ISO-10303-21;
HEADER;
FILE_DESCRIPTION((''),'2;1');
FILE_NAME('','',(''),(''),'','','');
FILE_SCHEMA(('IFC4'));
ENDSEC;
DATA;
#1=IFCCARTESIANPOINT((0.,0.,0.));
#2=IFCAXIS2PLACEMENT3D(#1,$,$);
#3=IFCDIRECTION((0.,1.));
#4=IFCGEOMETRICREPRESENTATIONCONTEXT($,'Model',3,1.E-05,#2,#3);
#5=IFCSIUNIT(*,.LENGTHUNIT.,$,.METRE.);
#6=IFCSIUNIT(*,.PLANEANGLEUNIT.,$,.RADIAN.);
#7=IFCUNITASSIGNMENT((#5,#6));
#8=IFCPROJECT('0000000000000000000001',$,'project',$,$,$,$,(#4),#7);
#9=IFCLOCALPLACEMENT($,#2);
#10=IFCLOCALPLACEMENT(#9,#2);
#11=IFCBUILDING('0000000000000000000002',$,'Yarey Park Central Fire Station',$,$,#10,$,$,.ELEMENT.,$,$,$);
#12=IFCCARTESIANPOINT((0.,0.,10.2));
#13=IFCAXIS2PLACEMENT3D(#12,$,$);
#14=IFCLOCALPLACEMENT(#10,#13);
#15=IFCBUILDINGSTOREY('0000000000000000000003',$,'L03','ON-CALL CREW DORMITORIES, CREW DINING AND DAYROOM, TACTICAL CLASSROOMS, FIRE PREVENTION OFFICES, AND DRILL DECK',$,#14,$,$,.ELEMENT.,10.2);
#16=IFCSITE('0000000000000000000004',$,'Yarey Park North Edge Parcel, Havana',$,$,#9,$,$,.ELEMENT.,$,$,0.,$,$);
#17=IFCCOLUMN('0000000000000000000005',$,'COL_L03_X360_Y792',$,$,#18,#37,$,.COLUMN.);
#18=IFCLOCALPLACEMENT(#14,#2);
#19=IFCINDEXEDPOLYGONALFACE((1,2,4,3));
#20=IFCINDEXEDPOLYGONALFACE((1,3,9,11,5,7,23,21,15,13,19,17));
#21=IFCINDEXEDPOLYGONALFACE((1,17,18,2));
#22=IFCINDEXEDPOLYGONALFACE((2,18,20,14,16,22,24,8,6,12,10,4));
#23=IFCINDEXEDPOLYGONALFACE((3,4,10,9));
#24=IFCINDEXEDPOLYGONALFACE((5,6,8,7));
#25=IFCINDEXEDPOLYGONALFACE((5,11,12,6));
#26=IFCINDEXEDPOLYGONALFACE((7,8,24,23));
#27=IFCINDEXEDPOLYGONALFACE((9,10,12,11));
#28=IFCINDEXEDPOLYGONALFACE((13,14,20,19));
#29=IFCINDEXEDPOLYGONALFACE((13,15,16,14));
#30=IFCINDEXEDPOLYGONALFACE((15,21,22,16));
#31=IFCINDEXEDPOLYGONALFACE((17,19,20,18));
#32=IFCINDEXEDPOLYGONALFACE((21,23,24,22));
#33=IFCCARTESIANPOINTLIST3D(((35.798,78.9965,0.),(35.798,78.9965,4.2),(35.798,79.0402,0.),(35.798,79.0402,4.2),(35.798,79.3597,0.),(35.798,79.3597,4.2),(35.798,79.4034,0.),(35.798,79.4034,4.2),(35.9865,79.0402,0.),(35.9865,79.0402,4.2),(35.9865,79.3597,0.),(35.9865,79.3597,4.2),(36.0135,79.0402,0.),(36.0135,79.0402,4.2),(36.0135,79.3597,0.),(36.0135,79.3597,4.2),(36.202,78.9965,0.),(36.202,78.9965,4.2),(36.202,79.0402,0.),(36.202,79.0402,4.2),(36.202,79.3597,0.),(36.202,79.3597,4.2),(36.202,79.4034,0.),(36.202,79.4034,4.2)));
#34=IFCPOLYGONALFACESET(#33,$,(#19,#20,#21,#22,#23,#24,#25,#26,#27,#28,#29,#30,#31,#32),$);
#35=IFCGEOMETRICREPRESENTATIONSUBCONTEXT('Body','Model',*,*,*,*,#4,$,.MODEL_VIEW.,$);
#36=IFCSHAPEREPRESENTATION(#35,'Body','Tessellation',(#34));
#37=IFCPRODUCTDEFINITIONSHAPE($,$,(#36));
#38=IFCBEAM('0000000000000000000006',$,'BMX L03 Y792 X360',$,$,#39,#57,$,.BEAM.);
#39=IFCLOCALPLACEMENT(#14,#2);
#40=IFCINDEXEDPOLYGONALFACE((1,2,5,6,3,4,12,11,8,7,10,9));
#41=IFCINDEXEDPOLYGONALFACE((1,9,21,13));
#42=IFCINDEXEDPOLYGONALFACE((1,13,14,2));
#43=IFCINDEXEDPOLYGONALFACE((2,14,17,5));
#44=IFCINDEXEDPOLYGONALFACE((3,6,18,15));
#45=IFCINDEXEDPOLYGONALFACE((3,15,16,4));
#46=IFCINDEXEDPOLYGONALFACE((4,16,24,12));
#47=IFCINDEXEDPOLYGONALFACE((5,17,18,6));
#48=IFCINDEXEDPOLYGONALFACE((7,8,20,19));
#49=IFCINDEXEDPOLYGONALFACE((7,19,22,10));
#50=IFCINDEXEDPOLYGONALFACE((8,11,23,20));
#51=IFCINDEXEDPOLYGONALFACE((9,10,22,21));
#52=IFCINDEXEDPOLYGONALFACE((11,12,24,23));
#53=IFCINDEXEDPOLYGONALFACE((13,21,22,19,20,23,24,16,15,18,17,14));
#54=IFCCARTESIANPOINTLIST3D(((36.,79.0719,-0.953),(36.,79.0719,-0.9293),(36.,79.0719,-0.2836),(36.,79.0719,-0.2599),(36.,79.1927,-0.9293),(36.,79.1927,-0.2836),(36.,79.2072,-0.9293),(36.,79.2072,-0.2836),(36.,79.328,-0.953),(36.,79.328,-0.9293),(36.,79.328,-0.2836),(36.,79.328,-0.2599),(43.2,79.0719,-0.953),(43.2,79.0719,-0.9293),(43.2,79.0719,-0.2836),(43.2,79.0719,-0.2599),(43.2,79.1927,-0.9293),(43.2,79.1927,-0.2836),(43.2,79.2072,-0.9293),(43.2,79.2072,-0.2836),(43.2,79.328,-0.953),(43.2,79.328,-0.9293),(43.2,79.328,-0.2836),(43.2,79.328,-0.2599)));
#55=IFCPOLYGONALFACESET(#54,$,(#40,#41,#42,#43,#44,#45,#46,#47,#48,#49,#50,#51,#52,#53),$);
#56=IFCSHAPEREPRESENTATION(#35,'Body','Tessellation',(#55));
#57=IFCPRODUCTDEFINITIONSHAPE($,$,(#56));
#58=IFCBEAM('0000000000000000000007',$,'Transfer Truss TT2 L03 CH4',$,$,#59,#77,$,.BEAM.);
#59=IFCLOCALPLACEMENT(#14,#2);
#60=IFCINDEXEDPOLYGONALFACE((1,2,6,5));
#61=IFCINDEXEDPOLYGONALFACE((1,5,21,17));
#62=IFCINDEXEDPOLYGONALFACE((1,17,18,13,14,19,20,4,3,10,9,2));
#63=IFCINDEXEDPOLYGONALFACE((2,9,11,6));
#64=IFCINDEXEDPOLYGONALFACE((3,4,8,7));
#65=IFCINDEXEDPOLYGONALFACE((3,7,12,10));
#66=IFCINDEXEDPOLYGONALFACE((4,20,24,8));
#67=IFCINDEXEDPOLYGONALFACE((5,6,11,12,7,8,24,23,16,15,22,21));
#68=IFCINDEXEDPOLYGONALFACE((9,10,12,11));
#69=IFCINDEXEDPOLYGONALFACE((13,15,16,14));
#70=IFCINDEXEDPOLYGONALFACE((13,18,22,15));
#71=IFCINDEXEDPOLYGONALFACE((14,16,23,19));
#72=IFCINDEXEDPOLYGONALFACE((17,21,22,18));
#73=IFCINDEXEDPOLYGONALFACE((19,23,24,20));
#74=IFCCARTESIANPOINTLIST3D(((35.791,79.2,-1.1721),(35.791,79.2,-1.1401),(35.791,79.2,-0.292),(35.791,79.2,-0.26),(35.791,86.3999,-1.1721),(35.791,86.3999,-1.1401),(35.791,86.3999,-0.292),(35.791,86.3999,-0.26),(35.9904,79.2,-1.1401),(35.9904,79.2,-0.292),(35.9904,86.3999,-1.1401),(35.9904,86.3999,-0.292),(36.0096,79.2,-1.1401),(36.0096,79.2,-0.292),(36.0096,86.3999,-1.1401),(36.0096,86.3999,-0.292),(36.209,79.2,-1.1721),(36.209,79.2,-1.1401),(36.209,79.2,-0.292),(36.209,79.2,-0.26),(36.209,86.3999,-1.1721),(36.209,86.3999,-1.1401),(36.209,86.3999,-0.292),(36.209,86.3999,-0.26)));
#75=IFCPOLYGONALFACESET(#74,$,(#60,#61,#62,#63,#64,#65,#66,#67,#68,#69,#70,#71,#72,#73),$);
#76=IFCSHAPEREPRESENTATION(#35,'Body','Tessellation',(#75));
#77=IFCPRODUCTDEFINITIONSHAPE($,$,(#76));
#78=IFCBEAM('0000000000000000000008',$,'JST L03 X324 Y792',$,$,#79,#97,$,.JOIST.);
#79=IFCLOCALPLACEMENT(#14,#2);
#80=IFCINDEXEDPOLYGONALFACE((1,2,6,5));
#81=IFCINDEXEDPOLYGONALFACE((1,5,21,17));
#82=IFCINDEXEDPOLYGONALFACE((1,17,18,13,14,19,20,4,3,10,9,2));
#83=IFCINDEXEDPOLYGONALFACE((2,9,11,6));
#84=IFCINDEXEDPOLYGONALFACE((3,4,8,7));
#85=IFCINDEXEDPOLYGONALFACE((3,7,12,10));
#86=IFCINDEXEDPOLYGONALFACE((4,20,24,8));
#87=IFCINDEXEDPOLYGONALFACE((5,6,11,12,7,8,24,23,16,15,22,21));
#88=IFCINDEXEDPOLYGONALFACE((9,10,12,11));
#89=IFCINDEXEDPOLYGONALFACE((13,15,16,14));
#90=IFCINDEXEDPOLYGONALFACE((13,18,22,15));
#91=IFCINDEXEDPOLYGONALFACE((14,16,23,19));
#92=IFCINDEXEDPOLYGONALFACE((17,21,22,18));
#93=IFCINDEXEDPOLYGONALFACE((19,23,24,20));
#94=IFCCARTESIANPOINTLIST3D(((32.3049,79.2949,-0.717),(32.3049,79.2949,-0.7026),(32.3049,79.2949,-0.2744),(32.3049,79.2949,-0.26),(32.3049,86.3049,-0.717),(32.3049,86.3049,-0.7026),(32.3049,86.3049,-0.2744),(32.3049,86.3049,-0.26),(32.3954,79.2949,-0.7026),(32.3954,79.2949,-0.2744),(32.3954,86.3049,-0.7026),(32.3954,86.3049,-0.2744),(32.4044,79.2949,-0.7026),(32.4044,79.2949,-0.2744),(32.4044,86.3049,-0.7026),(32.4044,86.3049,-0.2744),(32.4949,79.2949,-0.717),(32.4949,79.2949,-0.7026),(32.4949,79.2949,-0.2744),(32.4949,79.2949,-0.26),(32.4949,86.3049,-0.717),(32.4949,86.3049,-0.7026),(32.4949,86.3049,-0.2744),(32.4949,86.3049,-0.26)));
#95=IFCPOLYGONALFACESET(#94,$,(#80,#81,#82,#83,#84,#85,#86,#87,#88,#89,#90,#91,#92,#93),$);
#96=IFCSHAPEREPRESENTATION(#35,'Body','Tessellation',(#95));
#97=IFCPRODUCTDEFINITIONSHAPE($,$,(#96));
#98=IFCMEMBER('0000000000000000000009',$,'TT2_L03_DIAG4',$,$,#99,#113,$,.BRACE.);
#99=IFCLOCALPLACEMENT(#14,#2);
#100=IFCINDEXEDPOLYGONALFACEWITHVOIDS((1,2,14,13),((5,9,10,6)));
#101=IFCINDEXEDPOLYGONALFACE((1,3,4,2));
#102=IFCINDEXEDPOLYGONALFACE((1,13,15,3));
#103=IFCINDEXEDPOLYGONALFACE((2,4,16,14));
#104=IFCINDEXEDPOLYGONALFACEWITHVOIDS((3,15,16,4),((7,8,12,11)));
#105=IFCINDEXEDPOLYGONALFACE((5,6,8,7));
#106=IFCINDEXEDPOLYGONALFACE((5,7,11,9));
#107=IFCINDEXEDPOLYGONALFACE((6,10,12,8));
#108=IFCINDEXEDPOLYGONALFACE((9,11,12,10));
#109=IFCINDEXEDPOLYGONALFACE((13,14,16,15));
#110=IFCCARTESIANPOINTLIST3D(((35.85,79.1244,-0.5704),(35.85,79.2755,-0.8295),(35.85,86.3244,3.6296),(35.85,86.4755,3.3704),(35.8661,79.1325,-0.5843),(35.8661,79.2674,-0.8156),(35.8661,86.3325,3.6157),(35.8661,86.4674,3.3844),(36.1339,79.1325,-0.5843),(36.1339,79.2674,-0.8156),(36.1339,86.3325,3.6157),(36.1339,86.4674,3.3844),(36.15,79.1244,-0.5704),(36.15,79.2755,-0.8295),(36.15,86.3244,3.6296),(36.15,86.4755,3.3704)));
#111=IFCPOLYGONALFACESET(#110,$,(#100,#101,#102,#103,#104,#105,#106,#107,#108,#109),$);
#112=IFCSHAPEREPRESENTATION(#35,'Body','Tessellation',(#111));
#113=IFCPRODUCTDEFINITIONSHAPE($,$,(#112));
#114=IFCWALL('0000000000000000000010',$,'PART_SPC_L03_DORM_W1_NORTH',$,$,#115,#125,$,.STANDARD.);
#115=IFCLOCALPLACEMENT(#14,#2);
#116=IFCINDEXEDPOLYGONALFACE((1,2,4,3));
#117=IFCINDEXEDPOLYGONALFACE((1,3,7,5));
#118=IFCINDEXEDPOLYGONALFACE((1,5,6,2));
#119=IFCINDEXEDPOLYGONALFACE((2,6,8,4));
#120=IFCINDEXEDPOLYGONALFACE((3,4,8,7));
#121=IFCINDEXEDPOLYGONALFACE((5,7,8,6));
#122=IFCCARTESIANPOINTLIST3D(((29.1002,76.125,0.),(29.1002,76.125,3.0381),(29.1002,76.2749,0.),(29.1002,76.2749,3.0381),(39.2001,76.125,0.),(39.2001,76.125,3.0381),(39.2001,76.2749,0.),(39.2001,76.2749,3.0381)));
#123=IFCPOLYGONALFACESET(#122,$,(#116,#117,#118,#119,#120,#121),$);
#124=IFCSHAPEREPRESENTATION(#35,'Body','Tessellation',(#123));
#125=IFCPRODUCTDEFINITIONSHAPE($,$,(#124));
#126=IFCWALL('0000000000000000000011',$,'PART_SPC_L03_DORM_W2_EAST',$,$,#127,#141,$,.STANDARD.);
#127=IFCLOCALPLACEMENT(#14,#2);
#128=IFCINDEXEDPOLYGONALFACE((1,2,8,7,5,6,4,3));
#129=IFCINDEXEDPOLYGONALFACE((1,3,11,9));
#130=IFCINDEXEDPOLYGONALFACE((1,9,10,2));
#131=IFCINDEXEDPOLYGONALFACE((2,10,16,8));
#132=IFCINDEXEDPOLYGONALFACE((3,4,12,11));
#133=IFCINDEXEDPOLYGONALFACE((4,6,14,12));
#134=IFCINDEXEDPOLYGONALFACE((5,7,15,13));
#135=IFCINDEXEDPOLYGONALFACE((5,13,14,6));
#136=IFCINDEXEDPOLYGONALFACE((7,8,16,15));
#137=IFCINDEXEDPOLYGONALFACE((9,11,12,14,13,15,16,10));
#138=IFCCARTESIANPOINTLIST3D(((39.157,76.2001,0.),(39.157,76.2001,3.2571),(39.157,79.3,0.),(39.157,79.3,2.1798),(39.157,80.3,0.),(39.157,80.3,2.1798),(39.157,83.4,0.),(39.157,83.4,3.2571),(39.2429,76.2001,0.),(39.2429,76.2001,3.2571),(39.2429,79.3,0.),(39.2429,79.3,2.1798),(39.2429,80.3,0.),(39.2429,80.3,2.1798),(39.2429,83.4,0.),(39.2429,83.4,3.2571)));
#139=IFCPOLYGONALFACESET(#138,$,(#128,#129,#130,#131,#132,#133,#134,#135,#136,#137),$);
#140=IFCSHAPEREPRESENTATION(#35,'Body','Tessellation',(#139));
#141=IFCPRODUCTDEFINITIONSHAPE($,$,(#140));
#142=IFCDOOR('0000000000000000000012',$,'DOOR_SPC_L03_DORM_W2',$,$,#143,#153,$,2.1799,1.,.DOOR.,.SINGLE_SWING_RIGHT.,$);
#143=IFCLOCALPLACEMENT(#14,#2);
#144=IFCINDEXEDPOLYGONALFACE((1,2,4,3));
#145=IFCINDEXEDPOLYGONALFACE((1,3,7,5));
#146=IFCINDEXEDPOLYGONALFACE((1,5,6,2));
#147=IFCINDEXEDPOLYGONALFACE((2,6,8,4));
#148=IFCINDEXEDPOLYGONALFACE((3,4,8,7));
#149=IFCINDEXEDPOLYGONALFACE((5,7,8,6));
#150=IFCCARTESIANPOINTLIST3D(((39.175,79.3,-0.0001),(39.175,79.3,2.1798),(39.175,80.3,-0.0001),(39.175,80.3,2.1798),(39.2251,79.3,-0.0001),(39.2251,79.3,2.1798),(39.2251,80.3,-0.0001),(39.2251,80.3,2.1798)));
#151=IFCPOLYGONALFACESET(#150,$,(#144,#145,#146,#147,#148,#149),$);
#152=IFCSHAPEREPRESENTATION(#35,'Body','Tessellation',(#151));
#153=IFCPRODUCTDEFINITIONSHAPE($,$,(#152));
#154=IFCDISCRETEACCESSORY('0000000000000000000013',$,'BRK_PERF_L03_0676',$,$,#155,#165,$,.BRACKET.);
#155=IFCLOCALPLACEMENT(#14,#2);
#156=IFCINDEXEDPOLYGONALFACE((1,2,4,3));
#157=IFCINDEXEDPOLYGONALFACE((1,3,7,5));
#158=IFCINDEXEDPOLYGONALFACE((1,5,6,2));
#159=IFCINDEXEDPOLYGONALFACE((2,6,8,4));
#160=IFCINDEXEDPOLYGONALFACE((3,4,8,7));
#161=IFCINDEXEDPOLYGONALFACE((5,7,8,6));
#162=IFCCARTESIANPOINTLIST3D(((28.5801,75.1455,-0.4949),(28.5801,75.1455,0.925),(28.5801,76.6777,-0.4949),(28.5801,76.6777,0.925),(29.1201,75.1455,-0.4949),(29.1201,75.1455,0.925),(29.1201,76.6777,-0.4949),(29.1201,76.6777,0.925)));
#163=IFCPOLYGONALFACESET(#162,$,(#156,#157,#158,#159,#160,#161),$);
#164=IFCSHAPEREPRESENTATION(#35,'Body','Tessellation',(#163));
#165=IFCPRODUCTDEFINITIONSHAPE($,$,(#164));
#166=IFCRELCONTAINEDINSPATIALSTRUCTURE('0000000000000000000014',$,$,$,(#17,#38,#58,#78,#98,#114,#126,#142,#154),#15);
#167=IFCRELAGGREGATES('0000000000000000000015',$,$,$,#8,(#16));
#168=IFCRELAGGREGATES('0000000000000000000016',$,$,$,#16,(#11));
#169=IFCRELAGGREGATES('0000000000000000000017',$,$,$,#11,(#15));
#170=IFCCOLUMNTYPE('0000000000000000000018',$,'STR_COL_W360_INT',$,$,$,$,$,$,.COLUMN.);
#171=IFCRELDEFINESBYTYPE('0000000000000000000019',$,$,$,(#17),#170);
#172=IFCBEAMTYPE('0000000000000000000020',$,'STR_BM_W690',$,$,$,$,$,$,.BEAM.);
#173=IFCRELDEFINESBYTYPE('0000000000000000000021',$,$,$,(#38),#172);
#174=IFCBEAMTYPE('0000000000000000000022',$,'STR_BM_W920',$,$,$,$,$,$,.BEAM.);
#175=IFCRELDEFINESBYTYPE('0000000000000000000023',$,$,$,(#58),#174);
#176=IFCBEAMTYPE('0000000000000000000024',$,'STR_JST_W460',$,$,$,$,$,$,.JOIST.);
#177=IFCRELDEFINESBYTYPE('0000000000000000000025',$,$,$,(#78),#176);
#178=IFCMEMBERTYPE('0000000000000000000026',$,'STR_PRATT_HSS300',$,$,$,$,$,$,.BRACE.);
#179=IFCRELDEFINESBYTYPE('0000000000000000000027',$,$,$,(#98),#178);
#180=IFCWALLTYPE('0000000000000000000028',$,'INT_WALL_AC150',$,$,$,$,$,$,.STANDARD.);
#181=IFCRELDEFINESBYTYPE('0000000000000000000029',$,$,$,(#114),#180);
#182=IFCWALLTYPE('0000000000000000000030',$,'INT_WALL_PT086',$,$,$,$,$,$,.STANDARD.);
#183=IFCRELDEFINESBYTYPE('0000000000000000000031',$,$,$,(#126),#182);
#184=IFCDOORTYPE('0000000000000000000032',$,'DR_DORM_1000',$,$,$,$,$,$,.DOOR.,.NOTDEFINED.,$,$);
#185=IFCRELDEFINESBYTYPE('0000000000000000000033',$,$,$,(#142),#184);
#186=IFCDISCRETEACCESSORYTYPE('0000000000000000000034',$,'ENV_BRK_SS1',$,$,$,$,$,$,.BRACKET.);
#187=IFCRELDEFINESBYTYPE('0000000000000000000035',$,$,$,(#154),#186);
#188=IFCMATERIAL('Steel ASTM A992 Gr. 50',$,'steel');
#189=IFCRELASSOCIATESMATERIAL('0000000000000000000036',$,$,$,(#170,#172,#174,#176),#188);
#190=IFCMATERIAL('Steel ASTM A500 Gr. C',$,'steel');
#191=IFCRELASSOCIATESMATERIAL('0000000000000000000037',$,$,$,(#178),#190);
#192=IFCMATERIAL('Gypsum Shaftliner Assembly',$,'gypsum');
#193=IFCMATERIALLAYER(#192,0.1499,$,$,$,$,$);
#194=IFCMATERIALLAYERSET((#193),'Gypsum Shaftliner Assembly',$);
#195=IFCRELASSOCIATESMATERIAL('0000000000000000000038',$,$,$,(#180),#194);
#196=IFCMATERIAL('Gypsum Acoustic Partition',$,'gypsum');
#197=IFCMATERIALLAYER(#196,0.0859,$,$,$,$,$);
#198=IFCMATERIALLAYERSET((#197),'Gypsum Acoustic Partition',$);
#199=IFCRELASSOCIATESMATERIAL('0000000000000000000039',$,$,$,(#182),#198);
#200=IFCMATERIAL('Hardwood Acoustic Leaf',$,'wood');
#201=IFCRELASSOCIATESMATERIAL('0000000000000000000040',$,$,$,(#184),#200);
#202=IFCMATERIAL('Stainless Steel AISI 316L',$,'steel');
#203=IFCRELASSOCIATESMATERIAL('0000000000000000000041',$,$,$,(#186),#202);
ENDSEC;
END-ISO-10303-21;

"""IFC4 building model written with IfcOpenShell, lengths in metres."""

from ifc_helpers import new_model, si_unit, direction, frame, frame_2d, origin, origin_2d, place, context, subcontext, project, spatial, rectangle, hollow_rectangle, i_section, extrude, material, layer, layer_set, material_profile, profile_set, type_object, element, fill, save


model = new_model("IFC4")

# Units and contexts
model_context = context("Model", 3, precision=1e-05, world=origin(), true_north=direction((0.0, 1.0)))
body_context = subcontext(model_context, "Body", "Model", "MODEL_VIEW")
ifc_project = project(units=[si_unit("LENGTHUNIT", "METRE"), si_unit("PLANEANGLEUNIT", "RADIAN")], contexts=[model_context])

# Site, building, storey
site_placement = place(None, origin())
site = spatial("IfcSite", under=ifc_project, at=site_placement, Name="Yarey Park North Edge Parcel, Havana", CompositionType="ELEMENT", RefElevation=0.0)
building_placement = place(site_placement, origin())
building = spatial("IfcBuilding", under=site, at=building_placement, Name="Yarey Park Central Fire Station", CompositionType="ELEMENT")
storey_placement = place(building_placement, frame((0.0, 0.0, 10.2)))
storey = spatial("IfcBuildingStorey", under=building, at=storey_placement, Name="L03", Description="ON-CALL CREW DORMITORIES, CREW DINING AND DAYROOM, TACTICAL CLASSROOMS, FIRE PREVENTION OFFICES, AND DRILL DECK", CompositionType="ELEMENT", Elevation=10.2)

# Column
ifc_material_1 = material(Name="Steel ASTM A992 Gr. 50", Category="steel")
ifc_material_profile_1 = material_profile(ifc_material_1, i_section(OverallWidth=0.4041, OverallDepth=0.407, WebThickness=0.0271, FlangeThickness=0.0437, at=origin_2d()), Name="W360x347")
ifc_profile_set_1 = profile_set([ifc_material_profile_1], Name="Steel ASTM A992 Gr. 50")
column_type = type_object("IfcColumnType", Name="STR_COL_W360_INT", PredefinedType="COLUMN", material=ifc_profile_set_1)
column_placement = place(storey_placement, frame((36.0, 79.2, 0.0), z_axis=(0.0, 0.0, 1.0), x_axis=(1.0, 0.0, 0.0)))
element("IfcColumn", 1, at=column_placement, inside=storey, type_object=column_type, Name="COL_L03_X360_Y792", PredefinedType="COLUMN", context=body_context, shape_type="SweptSolid", body=[
    extrude(i_section(OverallWidth=0.4041, OverallDepth=0.407, WebThickness=0.0271, FlangeThickness=0.0437, at=origin_2d()), origin(), (0.0, 0.0, 1.0), 4.2),
])

# Beams
ifc_material_profile_2 = material_profile(ifc_material_1, i_section(OverallWidth=0.2561, OverallDepth=0.6931, WebThickness=0.0144, FlangeThickness=0.0237, at=origin_2d()), Name="W690x170")
ifc_profile_set_2 = profile_set([ifc_material_profile_2], Name="Steel ASTM A992 Gr. 50")
beam_type_1 = type_object("IfcBeamType", Name="STR_BM_W690", PredefinedType="BEAM", material=ifc_profile_set_2)
beam_1_placement = place(storey_placement, frame((36.0, 79.2, -0.6064), z_axis=(1.0, 0.0, 0.0), x_axis=(0.0, 1.0, 0.0)))
element("IfcBeam", 2, at=beam_1_placement, inside=storey, type_object=beam_type_1, Name="BMX L03 Y792 X360", PredefinedType="BEAM", context=body_context, shape_type="SweptSolid", body=[
    extrude(i_section(OverallWidth=0.2561, OverallDepth=0.6931, WebThickness=0.0144, FlangeThickness=0.0237, at=origin_2d()), origin(), (0.0, 0.0, 1.0), 7.2),
])
ifc_material_profile_3 = material_profile(ifc_material_1, i_section(OverallWidth=0.418, OverallDepth=0.9121, WebThickness=0.0193, FlangeThickness=0.032, at=origin_2d()), Name="W920x342")
ifc_profile_set_3 = profile_set([ifc_material_profile_3], Name="Steel ASTM A992 Gr. 50")
beam_type_2 = type_object("IfcBeamType", Name="STR_BM_W920", PredefinedType="BEAM", material=ifc_profile_set_3)
beam_2_placement = place(storey_placement, frame((36.0, 79.2, -0.7161), z_axis=(0.0, 1.0, 0.0), x_axis=(-1.0, 0.0, 0.0)))
element("IfcBeam", 3, at=beam_2_placement, inside=storey, type_object=beam_type_2, Name="Transfer Truss TT2 L03 CH4", PredefinedType="BEAM", context=body_context, shape_type="SweptSolid", body=[
    extrude(i_section(OverallWidth=0.418, OverallDepth=0.9121, WebThickness=0.0193, FlangeThickness=0.032, at=origin_2d()), origin(), (0.0, 0.0, 1.0), 7.2),
])
ifc_material_profile_4 = material_profile(ifc_material_1, i_section(OverallWidth=0.1899, OverallDepth=0.457, WebThickness=0.009, FlangeThickness=0.0144, at=origin_2d()), Name="W460x74")
ifc_profile_set_4 = profile_set([ifc_material_profile_4], Name="Steel ASTM A992 Gr. 50")
beam_type_3 = type_object("IfcBeamType", Name="STR_JST_W460", PredefinedType="JOIST", material=ifc_profile_set_4)
beam_3_placement = place(storey_placement, frame((32.3999, 79.2949, -0.4885), z_axis=(0.0, 1.0, 0.0), x_axis=(-1.0, 0.0, 0.0)))
element("IfcBeam", 4, at=beam_3_placement, inside=storey, type_object=beam_type_3, Name="JST L03 X324 Y792", PredefinedType="JOIST", context=body_context, shape_type="SweptSolid", body=[
    extrude(i_section(OverallWidth=0.1899, OverallDepth=0.457, WebThickness=0.009, FlangeThickness=0.0144, at=origin_2d()), origin(), (0.0, 0.0, 1.0), 7.01),
])

# Member
ifc_material_2 = material(Name="Steel ASTM A500 Gr. C", Category="steel")
ifc_material_profile_5 = material_profile(ifc_material_2, hollow_rectangle(XDim=0.3, YDim=0.3, WallThickness=0.0161, at=origin_2d()), Name="HSS 300x300x16")
ifc_profile_set_5 = profile_set([ifc_material_profile_5], Name="Steel ASTM A500 Gr. C")
member_type = type_object("IfcMemberType", Name="STR_PRATT_HSS300", PredefinedType="BRACE", material=ifc_profile_set_5)
member_placement = place(storey_placement, frame((36.0, 79.2, -0.7), z_axis=(0.0, 0.86378, 0.503869), x_axis=(-1.0, 0.0, 0.0)))
element("IfcMember", 5, at=member_placement, inside=storey, type_object=member_type, Name="TT2_L03_DIAG4", PredefinedType="BRACE", context=body_context, shape_type="SweptSolid", body=[
    extrude(hollow_rectangle(XDim=0.3, YDim=0.3, WallThickness=0.0161, at=origin_2d()), origin(), (0.0, 0.0, 1.0), 8.3354),
])

# Wall
ifc_material_3 = material(Name="Gypsum Shaftliner Assembly", Category="gypsum")
ifc_layer_1 = layer(ifc_material_3, 0.1499)
ifc_layer_set_1 = layer_set([ifc_layer_1], Name="Gypsum Shaftliner Assembly")
wall_type_1 = type_object("IfcWallType", Name="INT_WALL_AC150", PredefinedType="STANDARD", material=ifc_layer_set_1)
wall_1_placement = place(storey_placement, frame((39.2, 76.2, 0.0), z_axis=(0.0, 0.0, 1.0), x_axis=(-1.0, 0.0, 0.0)))
element("IfcWall", 6, at=wall_1_placement, inside=storey, type_object=wall_type_1, Name="PART_SPC_L03_DORM_W1_NORTH", PredefinedType="STANDARD", context=body_context, shape_type="SweptSolid", body=[
    extrude(rectangle(XDim=10.0999, YDim=0.1499, at=frame_2d((5.0498, 0.0))), origin(), (0.0, 0.0, 1.0), 3.0381),
])

# Wall, opening, door
ifc_material_4 = material(Name="Gypsum Acoustic Partition", Category="gypsum")
ifc_layer_2 = layer(ifc_material_4, 0.0859)
ifc_layer_set_2 = layer_set([ifc_layer_2], Name="Gypsum Acoustic Partition")
wall_type_2 = type_object("IfcWallType", Name="INT_WALL_PT086", PredefinedType="STANDARD", material=ifc_layer_set_2)
wall_2_placement = place(storey_placement, frame((39.2, 76.2, 0.0), z_axis=(0.0, 0.0, 1.0), x_axis=(0.0, 1.0, 0.0)))
wall_2 = element("IfcWall", 7, at=wall_2_placement, inside=storey, type_object=wall_type_2, Name="PART_SPC_L03_DORM_W2_EAST", PredefinedType="STANDARD", context=body_context, shape_type="SweptSolid", body=[
    extrude(rectangle(XDim=7.2, YDim=0.0859, at=frame_2d((3.6001, 0.0))), origin(), (0.0, 0.0, 1.0), 3.2571),
])
opening_placement = place(wall_2_placement, frame((3.1001, 0.0, 0.0)))
opening = element("IfcOpeningElement", 8, at=opening_placement, cuts=wall_2, PredefinedType="OPENING", context=body_context, shape_type="SweptSolid", body=[
    extrude(rectangle(XDim=1.0, YDim=2.1799, at=frame_2d((0.5, 1.0898))), frame((0.0, 0.053, 0.0), z_axis=(0.0, -1.0, 0.0), x_axis=(1.0, 0.0, 0.0)), (0.0, 0.0, 1.0), 0.106),
])
ifc_material_5 = material(Name="Hardwood Acoustic Leaf", Category="wood")
door_type = type_object("IfcDoorType", Name="DR_DORM_1000", OperationType="NOTDEFINED", PredefinedType="DOOR", material=ifc_material_5)
door_placement = place(opening_placement, origin())
door = element("IfcDoor", 9, at=door_placement, inside=storey, type_object=door_type, Name="DOOR_SPC_L03_DORM_W2", OperationType="SINGLE_SWING_RIGHT", OverallHeight=2.1799, OverallWidth=1.0, PredefinedType="DOOR", context=body_context, shape_type="SweptSolid", body=[
    extrude(rectangle(XDim=1.0, YDim=2.1799, at=frame_2d((0.5, 1.0898))), frame((0.0, 0.0249, 0.0), z_axis=(0.0, -1.0, 0.0), x_axis=(1.0, 0.0, 0.0)), (0.0, 0.0, 1.0), 0.05),
])
fill(opening, door)

# Discrete accessory
ifc_material_6 = material(Name="Stainless Steel AISI 316L", Category="steel")
discrete_accessory_type = type_object("IfcDiscreteAccessoryType", Name="ENV_BRK_SS1", PredefinedType="BRACKET", material=ifc_material_6)
discrete_accessory_1_placement = place(storey_placement, frame((28.8501, 75.9116, -0.4949), z_axis=(0.0, 0.0, 1.0), x_axis=(1.0, 0.0, 0.0)))
element("IfcDiscreteAccessory", 10, at=discrete_accessory_1_placement, inside=storey, type_object=discrete_accessory_type, Name="BRK_PERF_L03_0676", PredefinedType="BRACKET", context=body_context, shape_type="SweptSolid", body=[
    extrude(rectangle(XDim=0.54, YDim=1.5322, at=origin_2d()), origin(), (0.0, 0.0, 1.0), 1.4199),
])

save(model, "model.ifc")
